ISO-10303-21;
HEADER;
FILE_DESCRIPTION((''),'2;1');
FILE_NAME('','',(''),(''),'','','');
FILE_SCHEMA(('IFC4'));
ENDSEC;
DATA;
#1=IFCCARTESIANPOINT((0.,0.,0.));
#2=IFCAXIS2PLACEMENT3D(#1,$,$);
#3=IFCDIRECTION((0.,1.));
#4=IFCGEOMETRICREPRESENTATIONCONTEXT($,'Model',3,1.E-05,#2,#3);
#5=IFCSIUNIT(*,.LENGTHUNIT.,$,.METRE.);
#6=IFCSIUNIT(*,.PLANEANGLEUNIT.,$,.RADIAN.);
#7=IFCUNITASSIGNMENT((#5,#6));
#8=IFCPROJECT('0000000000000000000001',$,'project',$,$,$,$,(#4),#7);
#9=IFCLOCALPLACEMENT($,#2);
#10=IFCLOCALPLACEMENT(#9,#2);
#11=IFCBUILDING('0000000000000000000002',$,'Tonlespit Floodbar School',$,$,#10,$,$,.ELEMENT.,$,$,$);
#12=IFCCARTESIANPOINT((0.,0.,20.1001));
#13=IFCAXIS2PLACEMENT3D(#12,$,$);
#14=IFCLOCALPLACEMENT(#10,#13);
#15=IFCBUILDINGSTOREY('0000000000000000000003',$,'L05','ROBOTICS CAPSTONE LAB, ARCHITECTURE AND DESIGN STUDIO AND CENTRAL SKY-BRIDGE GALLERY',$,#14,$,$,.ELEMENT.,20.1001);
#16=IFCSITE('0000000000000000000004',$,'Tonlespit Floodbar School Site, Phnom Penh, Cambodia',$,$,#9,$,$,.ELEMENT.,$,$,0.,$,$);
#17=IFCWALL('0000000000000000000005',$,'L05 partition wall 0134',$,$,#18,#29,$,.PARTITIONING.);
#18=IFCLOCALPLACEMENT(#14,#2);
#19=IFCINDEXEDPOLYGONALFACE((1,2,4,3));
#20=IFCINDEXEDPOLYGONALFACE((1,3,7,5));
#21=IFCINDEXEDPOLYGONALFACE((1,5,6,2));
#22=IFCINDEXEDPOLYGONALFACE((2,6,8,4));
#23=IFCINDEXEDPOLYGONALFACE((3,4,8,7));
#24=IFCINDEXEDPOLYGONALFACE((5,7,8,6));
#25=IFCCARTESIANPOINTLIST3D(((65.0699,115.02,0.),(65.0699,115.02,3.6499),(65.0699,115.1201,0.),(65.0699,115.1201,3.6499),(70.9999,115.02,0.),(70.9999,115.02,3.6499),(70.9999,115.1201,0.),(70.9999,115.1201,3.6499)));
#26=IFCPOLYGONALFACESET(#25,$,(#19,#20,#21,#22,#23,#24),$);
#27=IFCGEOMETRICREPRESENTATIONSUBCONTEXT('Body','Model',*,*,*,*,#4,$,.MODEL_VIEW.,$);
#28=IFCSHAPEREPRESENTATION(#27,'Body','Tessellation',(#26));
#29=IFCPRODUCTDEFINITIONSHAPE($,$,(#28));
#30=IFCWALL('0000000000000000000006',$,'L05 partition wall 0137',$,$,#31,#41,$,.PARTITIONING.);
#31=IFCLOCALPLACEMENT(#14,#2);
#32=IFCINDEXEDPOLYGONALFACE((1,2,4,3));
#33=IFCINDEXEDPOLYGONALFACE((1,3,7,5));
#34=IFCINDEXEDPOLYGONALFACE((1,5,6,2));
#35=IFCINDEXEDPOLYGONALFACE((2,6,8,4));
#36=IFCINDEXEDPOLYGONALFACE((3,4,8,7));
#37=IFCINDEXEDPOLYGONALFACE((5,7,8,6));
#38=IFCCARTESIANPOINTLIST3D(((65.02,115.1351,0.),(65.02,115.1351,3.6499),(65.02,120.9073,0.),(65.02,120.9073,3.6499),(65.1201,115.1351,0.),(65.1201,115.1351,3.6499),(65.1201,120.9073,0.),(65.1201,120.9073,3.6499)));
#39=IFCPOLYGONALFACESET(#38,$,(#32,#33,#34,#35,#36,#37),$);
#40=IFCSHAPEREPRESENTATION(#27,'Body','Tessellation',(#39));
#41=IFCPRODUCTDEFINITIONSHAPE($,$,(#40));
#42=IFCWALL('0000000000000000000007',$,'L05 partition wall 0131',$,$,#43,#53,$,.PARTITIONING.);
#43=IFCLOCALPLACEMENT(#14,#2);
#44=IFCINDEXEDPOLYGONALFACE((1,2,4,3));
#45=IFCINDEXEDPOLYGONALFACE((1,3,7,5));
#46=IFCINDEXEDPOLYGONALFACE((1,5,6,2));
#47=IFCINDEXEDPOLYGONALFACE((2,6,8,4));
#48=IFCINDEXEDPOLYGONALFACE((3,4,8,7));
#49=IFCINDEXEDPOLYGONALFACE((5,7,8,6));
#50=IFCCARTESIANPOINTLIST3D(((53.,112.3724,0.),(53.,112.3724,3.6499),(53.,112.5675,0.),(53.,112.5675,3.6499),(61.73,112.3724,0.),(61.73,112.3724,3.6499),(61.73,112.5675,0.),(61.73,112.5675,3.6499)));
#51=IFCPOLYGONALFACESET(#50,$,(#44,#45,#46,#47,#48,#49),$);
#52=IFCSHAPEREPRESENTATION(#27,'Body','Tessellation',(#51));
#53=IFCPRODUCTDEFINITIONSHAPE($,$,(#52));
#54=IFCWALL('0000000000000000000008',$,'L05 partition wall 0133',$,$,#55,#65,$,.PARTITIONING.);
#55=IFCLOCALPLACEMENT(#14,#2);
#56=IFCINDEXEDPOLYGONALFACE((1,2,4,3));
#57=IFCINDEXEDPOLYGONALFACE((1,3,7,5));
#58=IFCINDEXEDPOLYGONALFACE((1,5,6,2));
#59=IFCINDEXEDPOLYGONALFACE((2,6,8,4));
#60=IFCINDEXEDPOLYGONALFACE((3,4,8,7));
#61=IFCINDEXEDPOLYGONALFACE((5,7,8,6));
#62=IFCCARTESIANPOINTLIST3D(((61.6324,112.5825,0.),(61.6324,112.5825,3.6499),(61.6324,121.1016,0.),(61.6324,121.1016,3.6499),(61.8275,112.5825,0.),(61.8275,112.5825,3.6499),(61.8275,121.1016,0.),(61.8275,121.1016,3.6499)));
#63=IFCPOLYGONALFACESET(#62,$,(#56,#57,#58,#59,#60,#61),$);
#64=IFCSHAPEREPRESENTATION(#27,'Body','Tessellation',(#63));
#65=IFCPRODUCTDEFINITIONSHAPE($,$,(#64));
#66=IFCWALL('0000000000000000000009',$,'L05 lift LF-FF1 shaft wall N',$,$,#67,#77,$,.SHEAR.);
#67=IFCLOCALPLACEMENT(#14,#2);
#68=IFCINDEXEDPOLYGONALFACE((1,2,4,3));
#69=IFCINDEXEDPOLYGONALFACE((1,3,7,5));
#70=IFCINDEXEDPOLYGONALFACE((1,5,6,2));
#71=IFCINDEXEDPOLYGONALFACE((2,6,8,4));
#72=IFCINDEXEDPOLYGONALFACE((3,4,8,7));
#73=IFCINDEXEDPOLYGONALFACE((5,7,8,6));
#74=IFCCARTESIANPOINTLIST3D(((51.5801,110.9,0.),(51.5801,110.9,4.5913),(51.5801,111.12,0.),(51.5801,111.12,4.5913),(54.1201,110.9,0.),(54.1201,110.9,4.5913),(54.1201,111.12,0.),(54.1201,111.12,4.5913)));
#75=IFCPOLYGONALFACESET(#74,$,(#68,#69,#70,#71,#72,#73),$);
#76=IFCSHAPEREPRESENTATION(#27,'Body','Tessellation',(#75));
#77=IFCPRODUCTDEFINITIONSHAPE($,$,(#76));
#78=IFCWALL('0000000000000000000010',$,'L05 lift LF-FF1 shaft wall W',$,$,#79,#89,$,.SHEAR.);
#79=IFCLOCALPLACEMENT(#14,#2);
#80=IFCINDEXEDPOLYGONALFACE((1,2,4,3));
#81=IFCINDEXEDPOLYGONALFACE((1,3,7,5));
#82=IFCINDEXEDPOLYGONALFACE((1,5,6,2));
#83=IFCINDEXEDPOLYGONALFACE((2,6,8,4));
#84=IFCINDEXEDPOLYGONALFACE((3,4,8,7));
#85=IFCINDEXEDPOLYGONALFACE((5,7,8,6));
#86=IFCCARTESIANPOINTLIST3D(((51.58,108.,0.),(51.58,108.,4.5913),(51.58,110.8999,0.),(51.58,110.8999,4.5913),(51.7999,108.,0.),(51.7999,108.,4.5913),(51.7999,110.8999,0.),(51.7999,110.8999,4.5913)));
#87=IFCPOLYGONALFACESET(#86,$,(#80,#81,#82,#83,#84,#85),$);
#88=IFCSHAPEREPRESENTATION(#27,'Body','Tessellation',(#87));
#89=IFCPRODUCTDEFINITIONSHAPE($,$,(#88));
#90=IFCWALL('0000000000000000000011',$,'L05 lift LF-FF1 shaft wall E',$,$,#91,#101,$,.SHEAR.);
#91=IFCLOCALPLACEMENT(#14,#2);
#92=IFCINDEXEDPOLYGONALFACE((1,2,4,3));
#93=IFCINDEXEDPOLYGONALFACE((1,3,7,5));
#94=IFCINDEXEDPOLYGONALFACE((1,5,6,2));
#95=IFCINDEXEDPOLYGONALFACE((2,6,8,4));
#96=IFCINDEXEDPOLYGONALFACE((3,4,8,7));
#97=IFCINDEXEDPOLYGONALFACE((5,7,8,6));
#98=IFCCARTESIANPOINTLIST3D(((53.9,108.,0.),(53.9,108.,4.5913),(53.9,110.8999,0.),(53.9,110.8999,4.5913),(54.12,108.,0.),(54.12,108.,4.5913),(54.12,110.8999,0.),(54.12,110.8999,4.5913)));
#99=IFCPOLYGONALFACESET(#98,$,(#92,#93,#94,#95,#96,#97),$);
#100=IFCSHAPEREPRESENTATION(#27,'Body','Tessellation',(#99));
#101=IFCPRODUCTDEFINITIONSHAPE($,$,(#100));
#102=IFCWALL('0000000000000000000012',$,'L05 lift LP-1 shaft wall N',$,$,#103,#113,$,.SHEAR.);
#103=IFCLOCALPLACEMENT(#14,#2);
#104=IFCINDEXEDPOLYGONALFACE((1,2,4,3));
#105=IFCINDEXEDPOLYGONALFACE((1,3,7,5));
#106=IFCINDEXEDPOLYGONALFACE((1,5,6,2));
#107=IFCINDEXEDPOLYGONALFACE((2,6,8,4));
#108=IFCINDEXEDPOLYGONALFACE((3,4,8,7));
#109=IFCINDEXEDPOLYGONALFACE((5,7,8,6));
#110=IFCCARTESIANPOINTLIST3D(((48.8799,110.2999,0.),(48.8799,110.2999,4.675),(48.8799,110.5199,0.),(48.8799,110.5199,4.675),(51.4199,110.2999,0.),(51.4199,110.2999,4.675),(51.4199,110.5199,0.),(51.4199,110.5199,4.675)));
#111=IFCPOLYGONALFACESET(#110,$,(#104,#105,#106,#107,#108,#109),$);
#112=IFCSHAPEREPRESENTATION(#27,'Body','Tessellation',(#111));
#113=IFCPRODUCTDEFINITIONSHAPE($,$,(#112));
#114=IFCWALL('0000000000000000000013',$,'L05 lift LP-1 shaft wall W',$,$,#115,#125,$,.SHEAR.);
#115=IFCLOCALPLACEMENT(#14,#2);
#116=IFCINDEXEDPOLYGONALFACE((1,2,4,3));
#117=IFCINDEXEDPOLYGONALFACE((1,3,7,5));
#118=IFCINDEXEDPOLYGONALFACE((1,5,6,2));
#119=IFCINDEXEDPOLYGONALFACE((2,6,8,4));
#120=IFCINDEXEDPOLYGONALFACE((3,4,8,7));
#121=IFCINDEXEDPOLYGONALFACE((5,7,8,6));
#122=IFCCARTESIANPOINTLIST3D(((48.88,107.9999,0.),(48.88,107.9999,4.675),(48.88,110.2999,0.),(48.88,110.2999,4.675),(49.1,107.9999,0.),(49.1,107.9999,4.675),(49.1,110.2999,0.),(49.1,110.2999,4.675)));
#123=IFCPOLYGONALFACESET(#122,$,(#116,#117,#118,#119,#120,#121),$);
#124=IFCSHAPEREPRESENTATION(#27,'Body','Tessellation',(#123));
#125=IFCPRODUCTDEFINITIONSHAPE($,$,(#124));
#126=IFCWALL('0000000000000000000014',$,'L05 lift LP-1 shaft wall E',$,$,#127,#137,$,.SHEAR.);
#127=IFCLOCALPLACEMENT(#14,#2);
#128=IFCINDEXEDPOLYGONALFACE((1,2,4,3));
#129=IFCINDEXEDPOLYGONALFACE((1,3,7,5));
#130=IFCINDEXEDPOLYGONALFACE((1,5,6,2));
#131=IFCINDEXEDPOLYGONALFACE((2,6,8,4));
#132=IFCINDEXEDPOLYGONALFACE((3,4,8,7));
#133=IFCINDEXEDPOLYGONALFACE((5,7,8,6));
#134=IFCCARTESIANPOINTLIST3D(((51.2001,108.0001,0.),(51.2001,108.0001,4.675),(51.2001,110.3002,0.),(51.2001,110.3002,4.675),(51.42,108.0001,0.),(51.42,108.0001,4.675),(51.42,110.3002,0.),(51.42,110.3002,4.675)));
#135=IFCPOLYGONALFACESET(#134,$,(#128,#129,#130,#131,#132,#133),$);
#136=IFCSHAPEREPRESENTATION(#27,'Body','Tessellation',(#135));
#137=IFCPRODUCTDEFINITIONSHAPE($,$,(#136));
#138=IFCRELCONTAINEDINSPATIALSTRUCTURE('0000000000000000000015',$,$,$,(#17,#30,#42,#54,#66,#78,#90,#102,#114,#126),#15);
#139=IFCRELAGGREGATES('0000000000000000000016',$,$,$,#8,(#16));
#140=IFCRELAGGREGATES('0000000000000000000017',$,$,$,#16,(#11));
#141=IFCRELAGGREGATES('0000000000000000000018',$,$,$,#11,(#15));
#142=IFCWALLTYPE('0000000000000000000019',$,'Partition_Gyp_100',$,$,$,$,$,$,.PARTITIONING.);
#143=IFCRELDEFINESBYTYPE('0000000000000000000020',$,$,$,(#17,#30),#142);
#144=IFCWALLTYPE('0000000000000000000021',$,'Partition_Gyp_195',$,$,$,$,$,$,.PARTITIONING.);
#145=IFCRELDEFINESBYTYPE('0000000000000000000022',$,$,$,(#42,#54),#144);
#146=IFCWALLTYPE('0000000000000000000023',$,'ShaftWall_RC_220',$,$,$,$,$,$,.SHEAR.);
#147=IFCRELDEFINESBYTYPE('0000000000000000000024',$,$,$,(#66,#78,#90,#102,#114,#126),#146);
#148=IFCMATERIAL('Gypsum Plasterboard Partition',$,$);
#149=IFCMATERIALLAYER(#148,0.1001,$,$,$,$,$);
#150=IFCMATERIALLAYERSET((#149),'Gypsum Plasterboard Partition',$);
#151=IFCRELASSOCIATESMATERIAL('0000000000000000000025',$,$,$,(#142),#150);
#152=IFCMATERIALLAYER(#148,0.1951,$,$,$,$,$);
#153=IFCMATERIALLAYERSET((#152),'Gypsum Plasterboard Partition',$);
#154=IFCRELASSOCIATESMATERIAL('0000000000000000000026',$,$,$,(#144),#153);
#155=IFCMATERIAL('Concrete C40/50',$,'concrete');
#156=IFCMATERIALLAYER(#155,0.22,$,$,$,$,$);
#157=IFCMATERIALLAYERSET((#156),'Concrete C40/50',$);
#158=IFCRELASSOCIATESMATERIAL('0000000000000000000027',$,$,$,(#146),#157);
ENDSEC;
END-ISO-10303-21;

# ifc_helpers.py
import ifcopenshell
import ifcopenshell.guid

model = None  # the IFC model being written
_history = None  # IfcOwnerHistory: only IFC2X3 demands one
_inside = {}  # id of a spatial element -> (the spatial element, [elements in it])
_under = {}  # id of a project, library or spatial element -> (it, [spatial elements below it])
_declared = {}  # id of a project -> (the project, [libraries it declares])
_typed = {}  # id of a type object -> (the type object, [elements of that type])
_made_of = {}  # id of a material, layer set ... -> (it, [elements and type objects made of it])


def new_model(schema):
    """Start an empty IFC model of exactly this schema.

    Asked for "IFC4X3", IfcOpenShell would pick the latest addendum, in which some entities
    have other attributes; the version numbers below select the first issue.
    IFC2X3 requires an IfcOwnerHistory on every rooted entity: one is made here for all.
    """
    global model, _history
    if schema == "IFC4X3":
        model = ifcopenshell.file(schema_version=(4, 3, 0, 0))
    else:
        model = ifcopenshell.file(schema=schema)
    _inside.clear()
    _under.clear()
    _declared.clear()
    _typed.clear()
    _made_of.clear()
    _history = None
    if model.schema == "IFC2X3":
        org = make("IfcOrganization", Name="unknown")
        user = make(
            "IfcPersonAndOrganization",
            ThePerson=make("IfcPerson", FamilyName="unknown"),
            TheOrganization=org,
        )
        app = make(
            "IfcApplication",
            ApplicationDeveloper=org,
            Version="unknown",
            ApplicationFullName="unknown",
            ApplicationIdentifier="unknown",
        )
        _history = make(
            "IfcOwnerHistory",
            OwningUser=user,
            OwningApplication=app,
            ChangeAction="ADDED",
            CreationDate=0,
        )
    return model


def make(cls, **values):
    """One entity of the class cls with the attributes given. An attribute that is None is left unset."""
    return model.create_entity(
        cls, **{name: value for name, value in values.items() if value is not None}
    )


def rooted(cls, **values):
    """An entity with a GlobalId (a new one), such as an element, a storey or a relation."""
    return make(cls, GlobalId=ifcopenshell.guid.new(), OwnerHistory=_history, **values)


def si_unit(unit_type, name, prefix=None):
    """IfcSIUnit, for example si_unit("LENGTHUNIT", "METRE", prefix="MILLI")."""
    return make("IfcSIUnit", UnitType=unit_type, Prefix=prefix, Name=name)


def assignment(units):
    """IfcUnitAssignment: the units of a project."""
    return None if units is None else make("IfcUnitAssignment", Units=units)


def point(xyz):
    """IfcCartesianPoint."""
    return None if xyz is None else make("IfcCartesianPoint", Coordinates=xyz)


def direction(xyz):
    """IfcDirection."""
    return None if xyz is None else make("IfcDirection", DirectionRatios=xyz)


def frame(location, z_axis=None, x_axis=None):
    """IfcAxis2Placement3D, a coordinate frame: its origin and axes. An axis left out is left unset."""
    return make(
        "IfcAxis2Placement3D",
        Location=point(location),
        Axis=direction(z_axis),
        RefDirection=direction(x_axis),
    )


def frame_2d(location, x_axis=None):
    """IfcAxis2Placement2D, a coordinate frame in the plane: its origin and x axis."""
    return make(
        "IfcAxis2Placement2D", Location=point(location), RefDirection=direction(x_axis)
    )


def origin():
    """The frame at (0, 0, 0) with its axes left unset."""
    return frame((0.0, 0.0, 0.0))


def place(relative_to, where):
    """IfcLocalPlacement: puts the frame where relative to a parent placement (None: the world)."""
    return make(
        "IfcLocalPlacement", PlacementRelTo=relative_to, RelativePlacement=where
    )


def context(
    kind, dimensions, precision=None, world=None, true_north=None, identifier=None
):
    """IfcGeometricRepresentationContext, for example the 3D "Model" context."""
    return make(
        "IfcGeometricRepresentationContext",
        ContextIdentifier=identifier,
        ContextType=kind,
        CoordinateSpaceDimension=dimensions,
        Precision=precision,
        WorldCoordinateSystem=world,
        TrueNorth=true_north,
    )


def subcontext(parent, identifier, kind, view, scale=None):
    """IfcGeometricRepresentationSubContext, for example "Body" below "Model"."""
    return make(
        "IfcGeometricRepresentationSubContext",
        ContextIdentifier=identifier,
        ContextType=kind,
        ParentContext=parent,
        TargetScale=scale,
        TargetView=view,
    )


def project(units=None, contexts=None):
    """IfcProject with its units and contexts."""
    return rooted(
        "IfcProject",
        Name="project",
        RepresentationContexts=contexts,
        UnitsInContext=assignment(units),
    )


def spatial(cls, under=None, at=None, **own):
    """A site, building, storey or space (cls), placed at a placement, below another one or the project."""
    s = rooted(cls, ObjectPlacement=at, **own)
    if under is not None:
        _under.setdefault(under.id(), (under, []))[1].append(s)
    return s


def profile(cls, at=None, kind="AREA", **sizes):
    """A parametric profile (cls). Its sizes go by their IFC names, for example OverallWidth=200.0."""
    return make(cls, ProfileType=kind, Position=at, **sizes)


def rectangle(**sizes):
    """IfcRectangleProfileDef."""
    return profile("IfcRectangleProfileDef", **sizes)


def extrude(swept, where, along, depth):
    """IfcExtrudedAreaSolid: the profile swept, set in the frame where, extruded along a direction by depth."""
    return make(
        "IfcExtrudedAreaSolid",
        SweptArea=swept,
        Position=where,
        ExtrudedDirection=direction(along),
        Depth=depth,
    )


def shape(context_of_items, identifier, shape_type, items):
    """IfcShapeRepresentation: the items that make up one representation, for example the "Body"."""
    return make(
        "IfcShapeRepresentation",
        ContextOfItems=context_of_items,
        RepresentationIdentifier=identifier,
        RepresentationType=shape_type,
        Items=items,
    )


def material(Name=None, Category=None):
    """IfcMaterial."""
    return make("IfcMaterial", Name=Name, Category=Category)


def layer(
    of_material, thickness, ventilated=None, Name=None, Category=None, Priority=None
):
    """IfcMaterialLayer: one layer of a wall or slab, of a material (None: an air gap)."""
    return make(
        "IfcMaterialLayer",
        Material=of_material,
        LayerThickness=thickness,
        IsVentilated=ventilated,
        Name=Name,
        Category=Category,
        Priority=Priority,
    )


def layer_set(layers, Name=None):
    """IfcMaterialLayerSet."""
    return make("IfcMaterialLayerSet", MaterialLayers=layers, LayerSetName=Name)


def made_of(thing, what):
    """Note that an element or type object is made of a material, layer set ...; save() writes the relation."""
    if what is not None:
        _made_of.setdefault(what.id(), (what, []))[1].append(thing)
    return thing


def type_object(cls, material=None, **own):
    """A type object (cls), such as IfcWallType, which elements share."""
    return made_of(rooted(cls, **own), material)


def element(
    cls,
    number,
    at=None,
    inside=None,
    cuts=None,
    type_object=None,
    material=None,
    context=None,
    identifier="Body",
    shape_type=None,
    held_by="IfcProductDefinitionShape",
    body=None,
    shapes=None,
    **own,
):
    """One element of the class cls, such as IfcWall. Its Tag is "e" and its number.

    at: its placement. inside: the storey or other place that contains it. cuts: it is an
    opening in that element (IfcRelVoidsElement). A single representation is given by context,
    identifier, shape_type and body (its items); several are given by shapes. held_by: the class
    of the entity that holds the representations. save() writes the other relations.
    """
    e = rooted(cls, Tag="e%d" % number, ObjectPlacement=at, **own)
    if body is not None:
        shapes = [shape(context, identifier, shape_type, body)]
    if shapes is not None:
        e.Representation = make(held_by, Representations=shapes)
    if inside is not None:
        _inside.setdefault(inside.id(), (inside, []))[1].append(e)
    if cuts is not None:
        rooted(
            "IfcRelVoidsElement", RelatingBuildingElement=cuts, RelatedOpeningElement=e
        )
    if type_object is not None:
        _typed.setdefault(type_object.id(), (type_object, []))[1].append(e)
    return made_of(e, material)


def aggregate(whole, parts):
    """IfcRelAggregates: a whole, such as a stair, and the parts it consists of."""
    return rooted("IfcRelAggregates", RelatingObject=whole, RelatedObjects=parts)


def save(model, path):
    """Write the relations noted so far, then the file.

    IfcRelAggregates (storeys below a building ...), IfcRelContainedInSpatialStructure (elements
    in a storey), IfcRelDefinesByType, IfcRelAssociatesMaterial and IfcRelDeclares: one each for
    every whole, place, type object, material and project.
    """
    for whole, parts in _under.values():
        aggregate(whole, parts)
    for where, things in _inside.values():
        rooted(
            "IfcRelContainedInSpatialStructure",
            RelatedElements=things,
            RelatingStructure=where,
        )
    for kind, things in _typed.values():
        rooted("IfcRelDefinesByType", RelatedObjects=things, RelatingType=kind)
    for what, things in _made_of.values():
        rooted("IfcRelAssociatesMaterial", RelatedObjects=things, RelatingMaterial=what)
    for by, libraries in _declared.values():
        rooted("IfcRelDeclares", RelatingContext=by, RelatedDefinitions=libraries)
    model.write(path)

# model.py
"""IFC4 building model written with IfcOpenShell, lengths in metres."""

from ifc_helpers import new_model, si_unit, direction, frame, frame_2d, origin, place, context, subcontext, project, spatial, rectangle, extrude, material, layer, layer_set, type_object, element, save


model = new_model("IFC4")

# Units and contexts
model_context = context("Model", 3, precision=1e-05, world=origin(), true_north=direction((0.0, 1.0)))
body_context = subcontext(model_context, "Body", "Model", "MODEL_VIEW")
ifc_project = project(units=[si_unit("LENGTHUNIT", "METRE"), si_unit("PLANEANGLEUNIT", "RADIAN")], contexts=[model_context])

# Site, building, storey
site_placement = place(None, origin())
site = spatial("IfcSite", under=ifc_project, at=site_placement, Name="Tonlespit Floodbar School Site, Phnom Penh, Cambodia", CompositionType="ELEMENT", RefElevation=0.0)
building_placement = place(site_placement, origin())
building = spatial("IfcBuilding", under=site, at=building_placement, Name="Tonlespit Floodbar School", CompositionType="ELEMENT")
storey_placement = place(building_placement, frame((0.0, 0.0, 20.1001)))
storey = spatial("IfcBuildingStorey", under=building, at=storey_placement, Name="L05", Description="ROBOTICS CAPSTONE LAB, ARCHITECTURE AND DESIGN STUDIO AND CENTRAL SKY-BRIDGE GALLERY", CompositionType="ELEMENT", Elevation=20.1001)

# Shared definitions
ifc_material_1 = material(Name="Concrete C40/50", Category="concrete")

# Walls
ifc_material_2 = material(Name="Gypsum Plasterboard Partition")
ifc_layer_1 = layer(ifc_material_2, 0.1001)
ifc_layer_set_1 = layer_set([ifc_layer_1], Name="Gypsum Plasterboard Partition")
wall_type_1 = type_object("IfcWallType", Name="Partition_Gyp_100", PredefinedType="PARTITIONING", material=ifc_layer_set_1)
wall_1_placement = place(storey_placement, frame((65.0701, 115.0701, 0.0), z_axis=(0.0, 0.0, 1.0), x_axis=(1.0, 0.0, 0.0)))
element("IfcWall", 1, at=wall_1_placement, inside=storey, type_object=wall_type_1, Name="L05 partition wall 0134", PredefinedType="PARTITIONING", context=body_context, shape_type="SweptSolid", body=[
    extrude(rectangle(XDim=5.9299, YDim=0.1001, at=frame_2d((2.9648, 0.0))), origin(), (0.0, 0.0, 1.0), 3.6499),
])
wall_2_placement = place(storey_placement, frame((65.0701, 115.135, 0.0), z_axis=(0.0, 0.0, 1.0), x_axis=(0.0, 1.0, 0.0)))
element("IfcWall", 2, at=wall_2_placement, inside=storey, type_object=wall_type_1, Name="L05 partition wall 0137", PredefinedType="PARTITIONING", context=body_context, shape_type="SweptSolid", body=[
    extrude(rectangle(XDim=5.7722, YDim=0.1001, at=frame_2d((2.8862, 0.0))), origin(), (0.0, 0.0, 1.0), 3.6499),
])
ifc_layer_2 = layer(ifc_material_2, 0.1951)
ifc_layer_set_2 = layer_set([ifc_layer_2], Name="Gypsum Plasterboard Partition")
wall_type_2 = type_object("IfcWallType", Name="Partition_Gyp_195", PredefinedType="PARTITIONING", material=ifc_layer_set_2)
wall_3_placement = place(storey_placement, frame((53.0, 112.47, 0.0), z_axis=(0.0, 0.0, 1.0), x_axis=(1.0, 0.0, 0.0)))
element("IfcWall", 3, at=wall_3_placement, inside=storey, type_object=wall_type_2, Name="L05 partition wall 0131", PredefinedType="PARTITIONING", context=body_context, shape_type="SweptSolid", body=[
    extrude(rectangle(XDim=8.73, YDim=0.1951, at=frame_2d((4.365, 0.0))), origin(), (0.0, 0.0, 1.0), 3.6499),
])
wall_4_placement = place(storey_placement, frame((61.73, 112.5825, 0.0), z_axis=(0.0, 0.0, 1.0), x_axis=(0.0, 1.0, 0.0)))
element("IfcWall", 4, at=wall_4_placement, inside=storey, type_object=wall_type_2, Name="L05 partition wall 0133", PredefinedType="PARTITIONING", context=body_context, shape_type="SweptSolid", body=[
    extrude(rectangle(XDim=8.519, YDim=0.1951, at=frame_2d((4.2595, 0.0))), origin(), (0.0, 0.0, 1.0), 3.6499),
])

# Shared definitions
ifc_layer_3 = layer(ifc_material_1, 0.22)
ifc_layer_set_3 = layer_set([ifc_layer_3], Name="Concrete C40/50")
wall_type_3 = type_object("IfcWallType", Name="ShaftWall_RC_220", PredefinedType="SHEAR", material=ifc_layer_set_3)

# Walls
wall_5_placement = place(storey_placement, frame((51.5801, 111.01, 0.0), z_axis=(0.0, 0.0, 1.0), x_axis=(1.0, 0.0, 0.0)))
element("IfcWall", 5, at=wall_5_placement, inside=storey, type_object=wall_type_3, Name="L05 lift LF-FF1 shaft wall N", PredefinedType="SHEAR", context=body_context, shape_type="SweptSolid", body=[
    extrude(rectangle(XDim=2.54, YDim=0.22, at=frame_2d((1.27, 0.0))), origin(), (0.0, 0.0, 1.0), 4.5913),
])
for number, where, z_axis, x_axis, name in (
    (6, (51.6899, 108.0, 0.0), (0.0, 0.0, 1.0), (0.0, 1.0, 0.0), "L05 lift LF-FF1 shaft wall W"),
    (7, (54.01, 110.8999, 0.0), (0.0, 0.0, 1.0), (0.0, -1.0, 0.0), "L05 lift LF-FF1 shaft wall E"),
):
    element("IfcWall", number, at=place(storey_placement, frame(where, z_axis=z_axis, x_axis=x_axis)), inside=storey, type_object=wall_type_3, Name=name, PredefinedType="SHEAR", context=body_context, shape_type="SweptSolid", body=[
        extrude(rectangle(XDim=2.8999, YDim=0.22, at=frame_2d((1.45, 0.0))), origin(), (0.0, 0.0, 1.0), 4.5913),
    ])

# Walls
wall_6_placement = place(storey_placement, frame((48.8799, 110.4099, 0.0), z_axis=(0.0, 0.0, 1.0), x_axis=(1.0, 0.0, 0.0)))
element("IfcWall", 8, at=wall_6_placement, inside=storey, type_object=wall_type_3, Name="L05 lift LP-1 shaft wall N", PredefinedType="SHEAR", context=body_context, shape_type="SweptSolid", body=[
    extrude(rectangle(XDim=2.54, YDim=0.22, at=frame_2d((1.27, 0.0))), origin(), (0.0, 0.0, 1.0), 4.675),
])
for number, where, z_axis, x_axis, name in (
    (9, (48.99, 108.0, 0.0), (0.0, 0.0, 1.0), (0.0, 1.0, 0.0), "L05 lift LP-1 shaft wall W"),
    (10, (51.3101, 110.3, 0.0), (0.0, 0.0, 1.0), (0.0, -1.0, 0.0), "L05 lift LP-1 shaft wall E"),
):
    element("IfcWall", number, at=place(storey_placement, frame(where, z_axis=z_axis, x_axis=x_axis)), inside=storey, type_object=wall_type_3, Name=name, PredefinedType="SHEAR", context=body_context, shape_type="SweptSolid", body=[
        extrude(rectangle(XDim=2.3, YDim=0.22, at=frame_2d((1.1499, 0.0))), origin(), (0.0, 0.0, 1.0), 4.675),
    ])

save(model, "model.ifc")
